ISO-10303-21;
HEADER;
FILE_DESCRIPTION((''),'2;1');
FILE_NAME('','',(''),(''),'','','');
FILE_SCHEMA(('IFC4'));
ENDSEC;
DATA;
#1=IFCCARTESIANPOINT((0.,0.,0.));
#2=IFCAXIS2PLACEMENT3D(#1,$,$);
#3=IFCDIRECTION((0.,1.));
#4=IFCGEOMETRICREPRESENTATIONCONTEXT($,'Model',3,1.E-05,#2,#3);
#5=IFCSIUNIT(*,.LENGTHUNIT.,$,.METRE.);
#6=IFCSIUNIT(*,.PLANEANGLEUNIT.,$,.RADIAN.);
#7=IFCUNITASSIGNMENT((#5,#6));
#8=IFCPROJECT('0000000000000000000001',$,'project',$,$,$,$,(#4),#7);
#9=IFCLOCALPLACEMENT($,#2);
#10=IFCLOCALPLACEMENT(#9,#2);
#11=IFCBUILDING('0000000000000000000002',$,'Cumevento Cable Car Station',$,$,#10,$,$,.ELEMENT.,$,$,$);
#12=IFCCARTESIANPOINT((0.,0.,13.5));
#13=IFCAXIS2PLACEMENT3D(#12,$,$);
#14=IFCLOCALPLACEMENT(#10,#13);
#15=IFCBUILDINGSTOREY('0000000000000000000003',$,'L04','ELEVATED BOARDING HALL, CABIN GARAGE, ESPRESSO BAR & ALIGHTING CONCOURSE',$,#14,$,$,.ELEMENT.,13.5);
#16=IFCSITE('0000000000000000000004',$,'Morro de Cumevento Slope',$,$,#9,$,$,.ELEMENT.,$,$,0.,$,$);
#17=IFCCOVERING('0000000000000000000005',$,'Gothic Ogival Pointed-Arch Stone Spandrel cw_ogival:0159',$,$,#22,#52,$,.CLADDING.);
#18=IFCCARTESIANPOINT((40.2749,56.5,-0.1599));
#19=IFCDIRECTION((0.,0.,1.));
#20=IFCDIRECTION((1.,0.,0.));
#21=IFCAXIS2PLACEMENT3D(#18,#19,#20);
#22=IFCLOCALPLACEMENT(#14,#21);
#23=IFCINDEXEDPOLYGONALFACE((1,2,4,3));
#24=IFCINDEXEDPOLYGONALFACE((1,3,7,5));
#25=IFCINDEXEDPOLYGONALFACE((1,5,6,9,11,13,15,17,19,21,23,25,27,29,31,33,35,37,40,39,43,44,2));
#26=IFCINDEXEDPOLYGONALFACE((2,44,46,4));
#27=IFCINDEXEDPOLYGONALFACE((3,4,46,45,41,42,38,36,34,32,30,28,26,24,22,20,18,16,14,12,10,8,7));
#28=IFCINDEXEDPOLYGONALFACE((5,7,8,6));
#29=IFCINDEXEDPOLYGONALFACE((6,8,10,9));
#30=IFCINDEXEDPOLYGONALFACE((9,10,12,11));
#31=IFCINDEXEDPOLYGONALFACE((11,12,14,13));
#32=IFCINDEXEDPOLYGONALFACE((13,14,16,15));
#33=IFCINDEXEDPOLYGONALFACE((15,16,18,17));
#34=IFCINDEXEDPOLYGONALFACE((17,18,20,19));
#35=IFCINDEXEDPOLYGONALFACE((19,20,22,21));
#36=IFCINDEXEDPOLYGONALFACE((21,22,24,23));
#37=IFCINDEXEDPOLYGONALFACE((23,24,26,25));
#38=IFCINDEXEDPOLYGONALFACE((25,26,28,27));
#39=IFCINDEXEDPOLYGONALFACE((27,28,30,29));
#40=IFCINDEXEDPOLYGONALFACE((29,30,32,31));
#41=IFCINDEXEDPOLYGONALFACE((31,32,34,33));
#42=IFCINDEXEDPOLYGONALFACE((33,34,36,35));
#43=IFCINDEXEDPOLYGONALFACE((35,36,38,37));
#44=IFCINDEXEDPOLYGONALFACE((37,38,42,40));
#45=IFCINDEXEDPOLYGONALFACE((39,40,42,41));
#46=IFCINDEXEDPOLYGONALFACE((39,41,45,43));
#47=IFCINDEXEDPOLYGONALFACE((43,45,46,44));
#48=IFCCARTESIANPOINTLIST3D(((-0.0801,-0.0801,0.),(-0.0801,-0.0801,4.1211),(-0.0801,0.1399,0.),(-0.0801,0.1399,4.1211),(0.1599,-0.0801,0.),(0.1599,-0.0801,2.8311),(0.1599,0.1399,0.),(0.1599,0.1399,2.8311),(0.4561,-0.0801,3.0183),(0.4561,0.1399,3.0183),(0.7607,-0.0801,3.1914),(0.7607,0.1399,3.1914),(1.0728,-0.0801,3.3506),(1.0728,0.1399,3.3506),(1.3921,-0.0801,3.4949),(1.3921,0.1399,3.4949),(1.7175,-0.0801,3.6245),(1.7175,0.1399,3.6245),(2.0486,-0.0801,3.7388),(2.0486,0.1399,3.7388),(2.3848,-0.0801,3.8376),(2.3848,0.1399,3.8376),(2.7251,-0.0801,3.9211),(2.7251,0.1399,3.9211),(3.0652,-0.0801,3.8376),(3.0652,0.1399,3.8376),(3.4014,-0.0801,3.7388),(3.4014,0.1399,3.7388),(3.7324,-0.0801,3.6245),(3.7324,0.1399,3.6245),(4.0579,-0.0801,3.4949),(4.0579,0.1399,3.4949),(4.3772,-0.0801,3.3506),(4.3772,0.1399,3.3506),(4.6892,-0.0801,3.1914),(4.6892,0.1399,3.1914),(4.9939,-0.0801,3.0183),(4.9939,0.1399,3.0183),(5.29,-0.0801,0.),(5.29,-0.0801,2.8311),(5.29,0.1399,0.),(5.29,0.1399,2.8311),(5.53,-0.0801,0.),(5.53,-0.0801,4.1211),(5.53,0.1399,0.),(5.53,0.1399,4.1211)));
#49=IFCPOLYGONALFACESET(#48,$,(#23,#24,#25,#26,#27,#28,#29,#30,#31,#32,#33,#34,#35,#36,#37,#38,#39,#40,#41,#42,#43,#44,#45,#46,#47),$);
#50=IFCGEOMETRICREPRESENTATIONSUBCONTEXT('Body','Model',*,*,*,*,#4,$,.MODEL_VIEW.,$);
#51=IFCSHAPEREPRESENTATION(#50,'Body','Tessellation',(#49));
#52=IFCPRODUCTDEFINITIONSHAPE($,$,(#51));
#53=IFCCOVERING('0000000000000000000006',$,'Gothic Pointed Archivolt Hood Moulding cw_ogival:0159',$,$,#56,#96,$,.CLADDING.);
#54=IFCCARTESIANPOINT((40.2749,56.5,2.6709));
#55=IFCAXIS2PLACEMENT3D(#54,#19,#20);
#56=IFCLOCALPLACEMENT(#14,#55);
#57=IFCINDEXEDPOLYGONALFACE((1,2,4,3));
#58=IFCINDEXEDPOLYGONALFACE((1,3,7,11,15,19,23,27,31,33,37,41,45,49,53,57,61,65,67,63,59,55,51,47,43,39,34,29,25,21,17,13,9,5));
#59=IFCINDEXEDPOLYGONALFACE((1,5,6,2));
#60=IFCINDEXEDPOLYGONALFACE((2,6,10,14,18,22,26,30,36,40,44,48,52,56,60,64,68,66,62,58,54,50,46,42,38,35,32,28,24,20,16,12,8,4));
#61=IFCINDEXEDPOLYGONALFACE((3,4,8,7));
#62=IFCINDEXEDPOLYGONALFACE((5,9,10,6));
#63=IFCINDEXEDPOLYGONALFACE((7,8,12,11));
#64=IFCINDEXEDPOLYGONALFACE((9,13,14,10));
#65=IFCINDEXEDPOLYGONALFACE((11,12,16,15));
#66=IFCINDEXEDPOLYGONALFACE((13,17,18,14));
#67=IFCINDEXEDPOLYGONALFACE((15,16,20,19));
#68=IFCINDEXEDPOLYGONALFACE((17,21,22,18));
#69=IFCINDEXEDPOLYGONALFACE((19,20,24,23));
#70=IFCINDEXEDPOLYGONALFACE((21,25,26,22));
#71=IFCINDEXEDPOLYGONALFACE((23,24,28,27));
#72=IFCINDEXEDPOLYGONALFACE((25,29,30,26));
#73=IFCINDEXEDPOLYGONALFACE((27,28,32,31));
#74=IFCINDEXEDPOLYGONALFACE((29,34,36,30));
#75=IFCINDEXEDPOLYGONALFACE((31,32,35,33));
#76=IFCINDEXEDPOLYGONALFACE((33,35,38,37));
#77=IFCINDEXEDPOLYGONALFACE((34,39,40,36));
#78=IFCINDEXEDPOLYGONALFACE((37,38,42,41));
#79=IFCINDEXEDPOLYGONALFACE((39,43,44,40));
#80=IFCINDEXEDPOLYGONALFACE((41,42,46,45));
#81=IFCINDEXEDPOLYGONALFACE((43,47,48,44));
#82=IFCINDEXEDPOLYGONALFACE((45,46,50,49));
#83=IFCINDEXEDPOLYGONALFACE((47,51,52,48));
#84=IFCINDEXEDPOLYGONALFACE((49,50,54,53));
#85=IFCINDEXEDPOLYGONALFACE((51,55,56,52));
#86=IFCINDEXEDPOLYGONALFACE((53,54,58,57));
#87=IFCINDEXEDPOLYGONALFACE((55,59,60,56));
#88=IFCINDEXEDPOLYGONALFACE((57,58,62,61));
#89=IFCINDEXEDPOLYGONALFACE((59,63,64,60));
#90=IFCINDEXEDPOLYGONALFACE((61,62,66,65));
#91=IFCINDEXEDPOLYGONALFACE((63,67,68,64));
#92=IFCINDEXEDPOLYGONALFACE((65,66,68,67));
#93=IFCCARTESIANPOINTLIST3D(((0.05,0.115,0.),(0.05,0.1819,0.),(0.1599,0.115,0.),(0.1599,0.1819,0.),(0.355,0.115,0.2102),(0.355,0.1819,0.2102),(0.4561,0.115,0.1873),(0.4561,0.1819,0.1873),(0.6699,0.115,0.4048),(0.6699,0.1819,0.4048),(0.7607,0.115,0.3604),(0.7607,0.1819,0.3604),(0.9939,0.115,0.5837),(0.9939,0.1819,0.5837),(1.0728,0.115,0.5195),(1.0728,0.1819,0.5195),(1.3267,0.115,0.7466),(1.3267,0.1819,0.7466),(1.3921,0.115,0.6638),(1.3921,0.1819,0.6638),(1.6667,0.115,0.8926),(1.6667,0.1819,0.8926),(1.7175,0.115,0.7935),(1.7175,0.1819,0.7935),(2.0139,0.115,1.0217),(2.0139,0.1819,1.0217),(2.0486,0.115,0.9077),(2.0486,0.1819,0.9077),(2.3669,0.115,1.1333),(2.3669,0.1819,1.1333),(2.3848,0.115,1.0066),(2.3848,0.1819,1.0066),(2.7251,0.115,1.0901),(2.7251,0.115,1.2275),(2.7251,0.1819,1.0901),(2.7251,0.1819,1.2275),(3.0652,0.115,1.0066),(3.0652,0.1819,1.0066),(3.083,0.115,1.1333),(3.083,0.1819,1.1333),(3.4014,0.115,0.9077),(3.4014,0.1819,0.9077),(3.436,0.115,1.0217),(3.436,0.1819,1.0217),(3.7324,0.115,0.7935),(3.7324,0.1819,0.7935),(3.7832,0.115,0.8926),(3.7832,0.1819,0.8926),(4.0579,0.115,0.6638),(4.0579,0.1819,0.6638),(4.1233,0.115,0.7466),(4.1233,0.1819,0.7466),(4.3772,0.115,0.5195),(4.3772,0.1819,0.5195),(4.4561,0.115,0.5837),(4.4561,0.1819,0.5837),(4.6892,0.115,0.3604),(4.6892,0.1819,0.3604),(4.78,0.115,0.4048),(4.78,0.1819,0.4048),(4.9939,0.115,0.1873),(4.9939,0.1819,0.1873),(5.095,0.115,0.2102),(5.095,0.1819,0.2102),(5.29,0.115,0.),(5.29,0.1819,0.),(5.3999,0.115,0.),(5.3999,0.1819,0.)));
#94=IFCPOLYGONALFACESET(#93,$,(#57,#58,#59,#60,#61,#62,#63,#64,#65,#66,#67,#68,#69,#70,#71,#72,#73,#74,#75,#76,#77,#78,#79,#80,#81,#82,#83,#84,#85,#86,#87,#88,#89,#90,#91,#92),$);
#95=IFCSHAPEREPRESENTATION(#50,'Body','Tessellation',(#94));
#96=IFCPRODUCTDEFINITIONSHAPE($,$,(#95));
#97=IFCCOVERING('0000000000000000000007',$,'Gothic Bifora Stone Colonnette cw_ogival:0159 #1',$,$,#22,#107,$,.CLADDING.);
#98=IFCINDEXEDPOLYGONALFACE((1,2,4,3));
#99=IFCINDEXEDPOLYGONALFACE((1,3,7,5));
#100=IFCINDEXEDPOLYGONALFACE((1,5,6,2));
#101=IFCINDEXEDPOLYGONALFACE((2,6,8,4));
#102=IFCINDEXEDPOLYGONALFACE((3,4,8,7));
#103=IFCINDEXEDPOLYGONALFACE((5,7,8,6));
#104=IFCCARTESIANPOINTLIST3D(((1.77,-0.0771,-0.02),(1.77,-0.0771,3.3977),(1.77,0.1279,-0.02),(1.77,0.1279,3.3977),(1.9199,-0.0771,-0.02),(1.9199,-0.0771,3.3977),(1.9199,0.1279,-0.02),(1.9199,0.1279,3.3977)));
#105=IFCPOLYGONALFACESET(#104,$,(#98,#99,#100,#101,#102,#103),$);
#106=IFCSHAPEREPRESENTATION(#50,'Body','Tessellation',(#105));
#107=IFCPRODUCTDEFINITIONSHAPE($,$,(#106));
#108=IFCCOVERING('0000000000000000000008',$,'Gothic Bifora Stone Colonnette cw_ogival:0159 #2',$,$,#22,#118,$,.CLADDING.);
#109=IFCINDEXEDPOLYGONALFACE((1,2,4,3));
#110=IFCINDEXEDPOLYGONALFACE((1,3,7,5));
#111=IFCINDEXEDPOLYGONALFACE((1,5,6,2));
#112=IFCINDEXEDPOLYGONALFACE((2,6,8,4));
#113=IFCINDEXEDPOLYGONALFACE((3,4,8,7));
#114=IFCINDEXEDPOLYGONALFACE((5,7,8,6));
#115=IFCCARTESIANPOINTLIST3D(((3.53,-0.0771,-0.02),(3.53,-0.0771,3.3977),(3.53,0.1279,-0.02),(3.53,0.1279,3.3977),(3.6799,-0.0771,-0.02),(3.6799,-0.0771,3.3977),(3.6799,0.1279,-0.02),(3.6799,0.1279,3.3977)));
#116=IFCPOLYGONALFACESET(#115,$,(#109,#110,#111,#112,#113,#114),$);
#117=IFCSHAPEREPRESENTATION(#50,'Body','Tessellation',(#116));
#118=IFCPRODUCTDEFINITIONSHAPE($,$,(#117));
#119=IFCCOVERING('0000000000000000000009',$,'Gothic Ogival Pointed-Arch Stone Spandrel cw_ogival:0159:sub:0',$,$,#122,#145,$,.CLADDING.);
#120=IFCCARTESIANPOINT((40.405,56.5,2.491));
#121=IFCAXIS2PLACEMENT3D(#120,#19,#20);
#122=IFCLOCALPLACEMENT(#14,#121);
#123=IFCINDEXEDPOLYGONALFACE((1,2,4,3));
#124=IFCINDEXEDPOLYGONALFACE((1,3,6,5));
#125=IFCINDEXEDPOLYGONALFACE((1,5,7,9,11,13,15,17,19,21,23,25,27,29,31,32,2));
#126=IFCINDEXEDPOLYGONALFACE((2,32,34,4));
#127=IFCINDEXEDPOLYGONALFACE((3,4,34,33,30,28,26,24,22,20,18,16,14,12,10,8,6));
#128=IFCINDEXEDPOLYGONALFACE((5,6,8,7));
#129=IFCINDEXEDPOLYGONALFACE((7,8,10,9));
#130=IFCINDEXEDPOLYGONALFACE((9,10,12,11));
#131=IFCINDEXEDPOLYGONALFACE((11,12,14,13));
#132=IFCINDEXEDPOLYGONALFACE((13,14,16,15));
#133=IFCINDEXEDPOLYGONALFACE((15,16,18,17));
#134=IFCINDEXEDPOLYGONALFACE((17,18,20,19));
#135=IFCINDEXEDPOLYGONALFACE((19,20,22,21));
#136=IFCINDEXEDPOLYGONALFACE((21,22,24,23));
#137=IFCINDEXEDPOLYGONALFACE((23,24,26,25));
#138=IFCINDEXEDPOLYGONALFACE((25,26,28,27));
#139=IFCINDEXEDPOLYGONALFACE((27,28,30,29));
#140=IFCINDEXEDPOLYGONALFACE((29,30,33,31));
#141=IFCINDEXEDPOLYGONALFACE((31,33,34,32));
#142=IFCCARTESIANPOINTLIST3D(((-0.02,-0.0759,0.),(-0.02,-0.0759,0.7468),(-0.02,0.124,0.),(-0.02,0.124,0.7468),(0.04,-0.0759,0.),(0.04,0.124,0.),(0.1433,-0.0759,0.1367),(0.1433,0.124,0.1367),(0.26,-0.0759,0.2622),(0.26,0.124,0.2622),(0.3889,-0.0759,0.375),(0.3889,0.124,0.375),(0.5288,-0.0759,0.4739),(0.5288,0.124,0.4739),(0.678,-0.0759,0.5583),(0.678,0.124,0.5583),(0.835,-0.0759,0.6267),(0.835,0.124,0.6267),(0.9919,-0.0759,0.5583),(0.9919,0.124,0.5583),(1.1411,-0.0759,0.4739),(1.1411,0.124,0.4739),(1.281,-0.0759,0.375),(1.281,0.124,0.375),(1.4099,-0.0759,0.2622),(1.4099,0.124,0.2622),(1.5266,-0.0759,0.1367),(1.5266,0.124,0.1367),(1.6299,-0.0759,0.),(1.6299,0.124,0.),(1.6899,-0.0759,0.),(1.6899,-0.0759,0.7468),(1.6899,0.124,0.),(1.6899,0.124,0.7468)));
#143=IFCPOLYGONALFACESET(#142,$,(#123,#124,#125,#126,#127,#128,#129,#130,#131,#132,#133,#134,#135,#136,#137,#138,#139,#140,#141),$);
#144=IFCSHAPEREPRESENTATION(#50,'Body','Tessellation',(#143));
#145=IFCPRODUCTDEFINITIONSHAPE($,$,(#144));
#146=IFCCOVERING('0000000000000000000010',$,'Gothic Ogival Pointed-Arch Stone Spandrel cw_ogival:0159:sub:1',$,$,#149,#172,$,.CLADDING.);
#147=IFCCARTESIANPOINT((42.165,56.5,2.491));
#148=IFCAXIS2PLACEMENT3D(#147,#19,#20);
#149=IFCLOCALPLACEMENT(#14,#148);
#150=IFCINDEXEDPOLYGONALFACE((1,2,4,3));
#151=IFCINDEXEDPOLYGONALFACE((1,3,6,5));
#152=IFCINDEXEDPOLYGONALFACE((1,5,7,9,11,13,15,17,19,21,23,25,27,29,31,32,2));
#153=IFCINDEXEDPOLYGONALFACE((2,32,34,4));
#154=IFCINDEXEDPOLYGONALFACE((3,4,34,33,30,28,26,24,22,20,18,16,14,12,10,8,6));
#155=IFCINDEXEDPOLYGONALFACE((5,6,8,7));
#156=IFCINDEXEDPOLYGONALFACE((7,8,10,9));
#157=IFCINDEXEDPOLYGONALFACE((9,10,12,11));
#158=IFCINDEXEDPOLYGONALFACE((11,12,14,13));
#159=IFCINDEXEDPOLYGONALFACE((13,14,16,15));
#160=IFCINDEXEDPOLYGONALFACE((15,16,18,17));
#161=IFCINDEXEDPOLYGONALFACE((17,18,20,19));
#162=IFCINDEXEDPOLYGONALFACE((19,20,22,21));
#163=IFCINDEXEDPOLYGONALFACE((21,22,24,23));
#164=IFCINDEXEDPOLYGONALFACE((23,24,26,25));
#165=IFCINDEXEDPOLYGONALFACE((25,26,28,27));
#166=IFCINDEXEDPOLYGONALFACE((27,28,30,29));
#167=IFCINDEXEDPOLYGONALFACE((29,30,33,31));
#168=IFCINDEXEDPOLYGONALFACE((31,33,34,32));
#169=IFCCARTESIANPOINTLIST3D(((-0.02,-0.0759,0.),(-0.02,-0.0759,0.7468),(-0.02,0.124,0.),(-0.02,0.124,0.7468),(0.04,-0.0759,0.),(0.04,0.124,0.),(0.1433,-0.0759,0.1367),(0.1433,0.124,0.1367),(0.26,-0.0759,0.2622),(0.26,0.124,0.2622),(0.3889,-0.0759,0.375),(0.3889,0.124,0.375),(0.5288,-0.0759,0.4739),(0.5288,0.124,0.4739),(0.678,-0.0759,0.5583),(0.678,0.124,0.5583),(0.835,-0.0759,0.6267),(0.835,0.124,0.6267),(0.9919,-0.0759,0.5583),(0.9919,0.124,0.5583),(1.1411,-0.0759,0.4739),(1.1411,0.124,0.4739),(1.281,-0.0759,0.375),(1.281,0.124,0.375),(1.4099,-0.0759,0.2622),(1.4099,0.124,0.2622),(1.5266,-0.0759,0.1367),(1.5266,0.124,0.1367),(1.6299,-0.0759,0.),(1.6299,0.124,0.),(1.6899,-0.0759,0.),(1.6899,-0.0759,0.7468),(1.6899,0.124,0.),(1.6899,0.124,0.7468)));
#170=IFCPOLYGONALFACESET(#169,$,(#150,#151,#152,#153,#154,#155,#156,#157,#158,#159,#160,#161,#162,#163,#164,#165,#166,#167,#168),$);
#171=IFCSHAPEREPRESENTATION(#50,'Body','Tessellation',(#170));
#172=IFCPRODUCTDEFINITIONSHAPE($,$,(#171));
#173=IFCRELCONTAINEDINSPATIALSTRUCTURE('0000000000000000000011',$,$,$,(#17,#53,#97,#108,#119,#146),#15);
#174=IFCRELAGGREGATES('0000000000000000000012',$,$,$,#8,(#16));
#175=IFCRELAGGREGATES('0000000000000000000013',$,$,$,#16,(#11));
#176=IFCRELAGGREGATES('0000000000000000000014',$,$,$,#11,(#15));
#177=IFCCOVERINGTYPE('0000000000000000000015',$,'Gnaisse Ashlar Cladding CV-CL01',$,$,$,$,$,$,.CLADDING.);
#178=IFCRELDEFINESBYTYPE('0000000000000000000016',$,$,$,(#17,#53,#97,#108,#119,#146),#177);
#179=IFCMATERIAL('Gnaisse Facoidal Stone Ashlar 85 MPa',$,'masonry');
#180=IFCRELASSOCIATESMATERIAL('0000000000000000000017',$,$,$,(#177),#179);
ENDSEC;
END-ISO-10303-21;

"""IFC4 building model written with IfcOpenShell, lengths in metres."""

from ifc_helpers import new_model, si_unit, direction, frame, origin, place, context, subcontext, project, spatial, polyline, outline, extrude, material, type_object, element, save


model = new_model("IFC4")

# Units and contexts
model_context = context("Model", 3, precision=1e-05, world=origin(), true_north=direction((0.0, 1.0)))
body_context = subcontext(model_context, "Body", "Model", "MODEL_VIEW")
ifc_project = project(units=[si_unit("LENGTHUNIT", "METRE"), si_unit("PLANEANGLEUNIT", "RADIAN")], contexts=[model_context])

# Site, building, storey
site_placement = place(None, origin())
site = spatial("IfcSite", under=ifc_project, at=site_placement, Name="Morro de Cumevento Slope", CompositionType="ELEMENT", RefElevation=0.0)
building_placement = place(site_placement, origin())
building = spatial("IfcBuilding", under=site, at=building_placement, Name="Cumevento Cable Car Station", CompositionType="ELEMENT")
storey_placement = place(building_placement, frame((0.0, 0.0, 13.5)))
storey = spatial("IfcBuildingStorey", under=building, at=storey_placement, Name="L04", Description="ELEVATED BOARDING HALL, CABIN GARAGE, ESPRESSO BAR & ALIGHTING CONCOURSE", CompositionType="ELEMENT", Elevation=13.5)

# Coverings
ifc_material_1 = material(Name="Gnaisse Facoidal Stone Ashlar 85 MPa", Category="masonry")
covering_type = type_object("IfcCoveringType", Name="Gnaisse Ashlar Cladding CV-CL01", PredefinedType="CLADDING", material=ifc_material_1)
placement = place(storey_placement, frame((40.2749, 56.5, -0.1599), z_axis=(0.0, 0.0, 1.0), x_axis=(1.0, 0.0, 0.0)))
element("IfcCovering", 1, at=placement, inside=storey, type_object=covering_type, Name="Gothic Ogival Pointed-Arch Stone Spandrel cw_ogival:0159", PredefinedType="CLADDING", context=body_context, shape_type="SweptSolid", body=[
    extrude(outline(polyline([(-0.0801, 0.0), (-0.0801, 4.1211), (5.53, 4.1211), (5.53, 0.0), (5.29, 0.0), (5.29, 2.8311), (4.9939, 3.0183), (4.6892, 3.1914), (4.3772, 3.3506), (4.0579, 3.4949), (3.7324, 3.6245), (3.4014, 3.7388), (3.0652, 3.8376), (2.7251, 3.9211), (2.3848, 3.8376), (2.0486, 3.7388), (1.7175, 3.6245), (1.3921, 3.4949), (1.0728, 3.3506), (0.7607, 3.1914), (0.4561, 3.0183), (0.1599, 2.8311), (0.1599, 0.0), (-0.0801, 0.0)])), frame((0.0, 0.1399, 0.0), z_axis=(0.0, -1.0, 0.0), x_axis=(1.0, 0.0, 0.0)), (0.0, 0.0, 1.0), 0.22),
])
covering_1_placement = place(storey_placement, frame((40.2749, 56.5, 2.6709), z_axis=(0.0, 0.0, 1.0), x_axis=(1.0, 0.0, 0.0)))
element("IfcCovering", 2, at=covering_1_placement, inside=storey, type_object=covering_type, Name="Gothic Pointed Archivolt Hood Moulding cw_ogival:0159", PredefinedType="CLADDING", context=body_context, shape_type="SweptSolid", body=[
    extrude(outline(polyline([(0.1599, 0.0), (0.4561, 0.1873), (0.7607, 0.3604), (1.0728, 0.5195), (1.3921, 0.6638), (1.7175, 0.7935), (2.0486, 0.9077), (2.3848, 1.0066), (2.7251, 1.0901), (3.0652, 1.0066), (3.4014, 0.9077), (3.7324, 0.7935), (4.0579, 0.6638), (4.3772, 0.5195), (4.6892, 0.3604), (4.9939, 0.1873), (5.29, 0.0), (5.3999, 0.0), (5.095, 0.2102), (4.78, 0.4048), (4.4561, 0.5837), (4.1233, 0.7466), (3.7832, 0.8926), (3.436, 1.0217), (3.083, 1.1333), (2.7251, 1.2275), (2.3669, 1.1333), (2.0139, 1.0217), (1.6667, 0.8926), (1.3267, 0.7466), (0.9939, 0.5837), (0.6699, 0.4048), (0.355, 0.2102), (0.05, 0.0), (0.1599, 0.0)])), frame((0.0, 0.1819, 0.0), z_axis=(0.0, -1.0, 0.0), x_axis=(1.0, 0.0, 0.0)), (0.0, 0.0, 1.0), 0.0669),
])
element("IfcCovering", 3, at=placement, inside=storey, type_object=covering_type, Name="Gothic Bifora Stone Colonnette cw_ogival:0159 #1", PredefinedType="CLADDING", context=body_context, shape_type="SweptSolid", body=[
    extrude(outline(polyline([(1.77, -0.02), (1.9199, -0.02), (1.9199, 3.3977), (1.77, 3.3977), (1.77, -0.02)])), frame((0.0, 0.1279, 0.0), z_axis=(0.0, -1.0, 0.0), x_axis=(1.0, 0.0, 0.0)), (0.0, 0.0, 1.0), 0.2051),
])
element("IfcCovering", 4, at=placement, inside=storey, type_object=covering_type, Name="Gothic Bifora Stone Colonnette cw_ogival:0159 #2", PredefinedType="CLADDING", context=body_context, shape_type="SweptSolid", body=[
    extrude(outline(polyline([(3.53, -0.02), (3.6799, -0.02), (3.6799, 3.3977), (3.53, 3.3977), (3.53, -0.02)])), frame((0.0, 0.1279, 0.0), z_axis=(0.0, -1.0, 0.0), x_axis=(1.0, 0.0, 0.0)), (0.0, 0.0, 1.0), 0.2051),
])
for number, where, z_axis, x_axis, name in (
    (5, (40.405, 56.5, 2.491), (0.0, 0.0, 1.0), (1.0, 0.0, 0.0), "Gothic Ogival Pointed-Arch Stone Spandrel cw_ogival:0159:sub:0"),
    (6, (42.165, 56.5, 2.491), (0.0, 0.0, 1.0), (1.0, 0.0, 0.0), "Gothic Ogival Pointed-Arch Stone Spandrel cw_ogival:0159:sub:1"),
):
    element("IfcCovering", number, at=place(storey_placement, frame(where, z_axis=z_axis, x_axis=x_axis)), inside=storey, type_object=covering_type, Name=name, PredefinedType="CLADDING", context=body_context, shape_type="SweptSolid", body=[
        extrude(outline(polyline([(-0.02, 0.0), (-0.02, 0.7468), (1.6899, 0.7468), (1.6899, 0.0), (1.6299, 0.0), (1.5266, 0.1367), (1.4099, 0.2622), (1.281, 0.375), (1.1411, 0.4739), (0.9919, 0.5583), (0.835, 0.6267), (0.678, 0.5583), (0.5288, 0.4739), (0.3889, 0.375), (0.26, 0.2622), (0.1433, 0.1367), (0.04, 0.0), (-0.02, 0.0)])), frame((0.0, 0.124, 0.0), z_axis=(0.0, -1.0, 0.0), x_axis=(1.0, 0.0, 0.0)), (0.0, 0.0, 1.0), 0.2),
    ])

save(model, "model.ifc")
